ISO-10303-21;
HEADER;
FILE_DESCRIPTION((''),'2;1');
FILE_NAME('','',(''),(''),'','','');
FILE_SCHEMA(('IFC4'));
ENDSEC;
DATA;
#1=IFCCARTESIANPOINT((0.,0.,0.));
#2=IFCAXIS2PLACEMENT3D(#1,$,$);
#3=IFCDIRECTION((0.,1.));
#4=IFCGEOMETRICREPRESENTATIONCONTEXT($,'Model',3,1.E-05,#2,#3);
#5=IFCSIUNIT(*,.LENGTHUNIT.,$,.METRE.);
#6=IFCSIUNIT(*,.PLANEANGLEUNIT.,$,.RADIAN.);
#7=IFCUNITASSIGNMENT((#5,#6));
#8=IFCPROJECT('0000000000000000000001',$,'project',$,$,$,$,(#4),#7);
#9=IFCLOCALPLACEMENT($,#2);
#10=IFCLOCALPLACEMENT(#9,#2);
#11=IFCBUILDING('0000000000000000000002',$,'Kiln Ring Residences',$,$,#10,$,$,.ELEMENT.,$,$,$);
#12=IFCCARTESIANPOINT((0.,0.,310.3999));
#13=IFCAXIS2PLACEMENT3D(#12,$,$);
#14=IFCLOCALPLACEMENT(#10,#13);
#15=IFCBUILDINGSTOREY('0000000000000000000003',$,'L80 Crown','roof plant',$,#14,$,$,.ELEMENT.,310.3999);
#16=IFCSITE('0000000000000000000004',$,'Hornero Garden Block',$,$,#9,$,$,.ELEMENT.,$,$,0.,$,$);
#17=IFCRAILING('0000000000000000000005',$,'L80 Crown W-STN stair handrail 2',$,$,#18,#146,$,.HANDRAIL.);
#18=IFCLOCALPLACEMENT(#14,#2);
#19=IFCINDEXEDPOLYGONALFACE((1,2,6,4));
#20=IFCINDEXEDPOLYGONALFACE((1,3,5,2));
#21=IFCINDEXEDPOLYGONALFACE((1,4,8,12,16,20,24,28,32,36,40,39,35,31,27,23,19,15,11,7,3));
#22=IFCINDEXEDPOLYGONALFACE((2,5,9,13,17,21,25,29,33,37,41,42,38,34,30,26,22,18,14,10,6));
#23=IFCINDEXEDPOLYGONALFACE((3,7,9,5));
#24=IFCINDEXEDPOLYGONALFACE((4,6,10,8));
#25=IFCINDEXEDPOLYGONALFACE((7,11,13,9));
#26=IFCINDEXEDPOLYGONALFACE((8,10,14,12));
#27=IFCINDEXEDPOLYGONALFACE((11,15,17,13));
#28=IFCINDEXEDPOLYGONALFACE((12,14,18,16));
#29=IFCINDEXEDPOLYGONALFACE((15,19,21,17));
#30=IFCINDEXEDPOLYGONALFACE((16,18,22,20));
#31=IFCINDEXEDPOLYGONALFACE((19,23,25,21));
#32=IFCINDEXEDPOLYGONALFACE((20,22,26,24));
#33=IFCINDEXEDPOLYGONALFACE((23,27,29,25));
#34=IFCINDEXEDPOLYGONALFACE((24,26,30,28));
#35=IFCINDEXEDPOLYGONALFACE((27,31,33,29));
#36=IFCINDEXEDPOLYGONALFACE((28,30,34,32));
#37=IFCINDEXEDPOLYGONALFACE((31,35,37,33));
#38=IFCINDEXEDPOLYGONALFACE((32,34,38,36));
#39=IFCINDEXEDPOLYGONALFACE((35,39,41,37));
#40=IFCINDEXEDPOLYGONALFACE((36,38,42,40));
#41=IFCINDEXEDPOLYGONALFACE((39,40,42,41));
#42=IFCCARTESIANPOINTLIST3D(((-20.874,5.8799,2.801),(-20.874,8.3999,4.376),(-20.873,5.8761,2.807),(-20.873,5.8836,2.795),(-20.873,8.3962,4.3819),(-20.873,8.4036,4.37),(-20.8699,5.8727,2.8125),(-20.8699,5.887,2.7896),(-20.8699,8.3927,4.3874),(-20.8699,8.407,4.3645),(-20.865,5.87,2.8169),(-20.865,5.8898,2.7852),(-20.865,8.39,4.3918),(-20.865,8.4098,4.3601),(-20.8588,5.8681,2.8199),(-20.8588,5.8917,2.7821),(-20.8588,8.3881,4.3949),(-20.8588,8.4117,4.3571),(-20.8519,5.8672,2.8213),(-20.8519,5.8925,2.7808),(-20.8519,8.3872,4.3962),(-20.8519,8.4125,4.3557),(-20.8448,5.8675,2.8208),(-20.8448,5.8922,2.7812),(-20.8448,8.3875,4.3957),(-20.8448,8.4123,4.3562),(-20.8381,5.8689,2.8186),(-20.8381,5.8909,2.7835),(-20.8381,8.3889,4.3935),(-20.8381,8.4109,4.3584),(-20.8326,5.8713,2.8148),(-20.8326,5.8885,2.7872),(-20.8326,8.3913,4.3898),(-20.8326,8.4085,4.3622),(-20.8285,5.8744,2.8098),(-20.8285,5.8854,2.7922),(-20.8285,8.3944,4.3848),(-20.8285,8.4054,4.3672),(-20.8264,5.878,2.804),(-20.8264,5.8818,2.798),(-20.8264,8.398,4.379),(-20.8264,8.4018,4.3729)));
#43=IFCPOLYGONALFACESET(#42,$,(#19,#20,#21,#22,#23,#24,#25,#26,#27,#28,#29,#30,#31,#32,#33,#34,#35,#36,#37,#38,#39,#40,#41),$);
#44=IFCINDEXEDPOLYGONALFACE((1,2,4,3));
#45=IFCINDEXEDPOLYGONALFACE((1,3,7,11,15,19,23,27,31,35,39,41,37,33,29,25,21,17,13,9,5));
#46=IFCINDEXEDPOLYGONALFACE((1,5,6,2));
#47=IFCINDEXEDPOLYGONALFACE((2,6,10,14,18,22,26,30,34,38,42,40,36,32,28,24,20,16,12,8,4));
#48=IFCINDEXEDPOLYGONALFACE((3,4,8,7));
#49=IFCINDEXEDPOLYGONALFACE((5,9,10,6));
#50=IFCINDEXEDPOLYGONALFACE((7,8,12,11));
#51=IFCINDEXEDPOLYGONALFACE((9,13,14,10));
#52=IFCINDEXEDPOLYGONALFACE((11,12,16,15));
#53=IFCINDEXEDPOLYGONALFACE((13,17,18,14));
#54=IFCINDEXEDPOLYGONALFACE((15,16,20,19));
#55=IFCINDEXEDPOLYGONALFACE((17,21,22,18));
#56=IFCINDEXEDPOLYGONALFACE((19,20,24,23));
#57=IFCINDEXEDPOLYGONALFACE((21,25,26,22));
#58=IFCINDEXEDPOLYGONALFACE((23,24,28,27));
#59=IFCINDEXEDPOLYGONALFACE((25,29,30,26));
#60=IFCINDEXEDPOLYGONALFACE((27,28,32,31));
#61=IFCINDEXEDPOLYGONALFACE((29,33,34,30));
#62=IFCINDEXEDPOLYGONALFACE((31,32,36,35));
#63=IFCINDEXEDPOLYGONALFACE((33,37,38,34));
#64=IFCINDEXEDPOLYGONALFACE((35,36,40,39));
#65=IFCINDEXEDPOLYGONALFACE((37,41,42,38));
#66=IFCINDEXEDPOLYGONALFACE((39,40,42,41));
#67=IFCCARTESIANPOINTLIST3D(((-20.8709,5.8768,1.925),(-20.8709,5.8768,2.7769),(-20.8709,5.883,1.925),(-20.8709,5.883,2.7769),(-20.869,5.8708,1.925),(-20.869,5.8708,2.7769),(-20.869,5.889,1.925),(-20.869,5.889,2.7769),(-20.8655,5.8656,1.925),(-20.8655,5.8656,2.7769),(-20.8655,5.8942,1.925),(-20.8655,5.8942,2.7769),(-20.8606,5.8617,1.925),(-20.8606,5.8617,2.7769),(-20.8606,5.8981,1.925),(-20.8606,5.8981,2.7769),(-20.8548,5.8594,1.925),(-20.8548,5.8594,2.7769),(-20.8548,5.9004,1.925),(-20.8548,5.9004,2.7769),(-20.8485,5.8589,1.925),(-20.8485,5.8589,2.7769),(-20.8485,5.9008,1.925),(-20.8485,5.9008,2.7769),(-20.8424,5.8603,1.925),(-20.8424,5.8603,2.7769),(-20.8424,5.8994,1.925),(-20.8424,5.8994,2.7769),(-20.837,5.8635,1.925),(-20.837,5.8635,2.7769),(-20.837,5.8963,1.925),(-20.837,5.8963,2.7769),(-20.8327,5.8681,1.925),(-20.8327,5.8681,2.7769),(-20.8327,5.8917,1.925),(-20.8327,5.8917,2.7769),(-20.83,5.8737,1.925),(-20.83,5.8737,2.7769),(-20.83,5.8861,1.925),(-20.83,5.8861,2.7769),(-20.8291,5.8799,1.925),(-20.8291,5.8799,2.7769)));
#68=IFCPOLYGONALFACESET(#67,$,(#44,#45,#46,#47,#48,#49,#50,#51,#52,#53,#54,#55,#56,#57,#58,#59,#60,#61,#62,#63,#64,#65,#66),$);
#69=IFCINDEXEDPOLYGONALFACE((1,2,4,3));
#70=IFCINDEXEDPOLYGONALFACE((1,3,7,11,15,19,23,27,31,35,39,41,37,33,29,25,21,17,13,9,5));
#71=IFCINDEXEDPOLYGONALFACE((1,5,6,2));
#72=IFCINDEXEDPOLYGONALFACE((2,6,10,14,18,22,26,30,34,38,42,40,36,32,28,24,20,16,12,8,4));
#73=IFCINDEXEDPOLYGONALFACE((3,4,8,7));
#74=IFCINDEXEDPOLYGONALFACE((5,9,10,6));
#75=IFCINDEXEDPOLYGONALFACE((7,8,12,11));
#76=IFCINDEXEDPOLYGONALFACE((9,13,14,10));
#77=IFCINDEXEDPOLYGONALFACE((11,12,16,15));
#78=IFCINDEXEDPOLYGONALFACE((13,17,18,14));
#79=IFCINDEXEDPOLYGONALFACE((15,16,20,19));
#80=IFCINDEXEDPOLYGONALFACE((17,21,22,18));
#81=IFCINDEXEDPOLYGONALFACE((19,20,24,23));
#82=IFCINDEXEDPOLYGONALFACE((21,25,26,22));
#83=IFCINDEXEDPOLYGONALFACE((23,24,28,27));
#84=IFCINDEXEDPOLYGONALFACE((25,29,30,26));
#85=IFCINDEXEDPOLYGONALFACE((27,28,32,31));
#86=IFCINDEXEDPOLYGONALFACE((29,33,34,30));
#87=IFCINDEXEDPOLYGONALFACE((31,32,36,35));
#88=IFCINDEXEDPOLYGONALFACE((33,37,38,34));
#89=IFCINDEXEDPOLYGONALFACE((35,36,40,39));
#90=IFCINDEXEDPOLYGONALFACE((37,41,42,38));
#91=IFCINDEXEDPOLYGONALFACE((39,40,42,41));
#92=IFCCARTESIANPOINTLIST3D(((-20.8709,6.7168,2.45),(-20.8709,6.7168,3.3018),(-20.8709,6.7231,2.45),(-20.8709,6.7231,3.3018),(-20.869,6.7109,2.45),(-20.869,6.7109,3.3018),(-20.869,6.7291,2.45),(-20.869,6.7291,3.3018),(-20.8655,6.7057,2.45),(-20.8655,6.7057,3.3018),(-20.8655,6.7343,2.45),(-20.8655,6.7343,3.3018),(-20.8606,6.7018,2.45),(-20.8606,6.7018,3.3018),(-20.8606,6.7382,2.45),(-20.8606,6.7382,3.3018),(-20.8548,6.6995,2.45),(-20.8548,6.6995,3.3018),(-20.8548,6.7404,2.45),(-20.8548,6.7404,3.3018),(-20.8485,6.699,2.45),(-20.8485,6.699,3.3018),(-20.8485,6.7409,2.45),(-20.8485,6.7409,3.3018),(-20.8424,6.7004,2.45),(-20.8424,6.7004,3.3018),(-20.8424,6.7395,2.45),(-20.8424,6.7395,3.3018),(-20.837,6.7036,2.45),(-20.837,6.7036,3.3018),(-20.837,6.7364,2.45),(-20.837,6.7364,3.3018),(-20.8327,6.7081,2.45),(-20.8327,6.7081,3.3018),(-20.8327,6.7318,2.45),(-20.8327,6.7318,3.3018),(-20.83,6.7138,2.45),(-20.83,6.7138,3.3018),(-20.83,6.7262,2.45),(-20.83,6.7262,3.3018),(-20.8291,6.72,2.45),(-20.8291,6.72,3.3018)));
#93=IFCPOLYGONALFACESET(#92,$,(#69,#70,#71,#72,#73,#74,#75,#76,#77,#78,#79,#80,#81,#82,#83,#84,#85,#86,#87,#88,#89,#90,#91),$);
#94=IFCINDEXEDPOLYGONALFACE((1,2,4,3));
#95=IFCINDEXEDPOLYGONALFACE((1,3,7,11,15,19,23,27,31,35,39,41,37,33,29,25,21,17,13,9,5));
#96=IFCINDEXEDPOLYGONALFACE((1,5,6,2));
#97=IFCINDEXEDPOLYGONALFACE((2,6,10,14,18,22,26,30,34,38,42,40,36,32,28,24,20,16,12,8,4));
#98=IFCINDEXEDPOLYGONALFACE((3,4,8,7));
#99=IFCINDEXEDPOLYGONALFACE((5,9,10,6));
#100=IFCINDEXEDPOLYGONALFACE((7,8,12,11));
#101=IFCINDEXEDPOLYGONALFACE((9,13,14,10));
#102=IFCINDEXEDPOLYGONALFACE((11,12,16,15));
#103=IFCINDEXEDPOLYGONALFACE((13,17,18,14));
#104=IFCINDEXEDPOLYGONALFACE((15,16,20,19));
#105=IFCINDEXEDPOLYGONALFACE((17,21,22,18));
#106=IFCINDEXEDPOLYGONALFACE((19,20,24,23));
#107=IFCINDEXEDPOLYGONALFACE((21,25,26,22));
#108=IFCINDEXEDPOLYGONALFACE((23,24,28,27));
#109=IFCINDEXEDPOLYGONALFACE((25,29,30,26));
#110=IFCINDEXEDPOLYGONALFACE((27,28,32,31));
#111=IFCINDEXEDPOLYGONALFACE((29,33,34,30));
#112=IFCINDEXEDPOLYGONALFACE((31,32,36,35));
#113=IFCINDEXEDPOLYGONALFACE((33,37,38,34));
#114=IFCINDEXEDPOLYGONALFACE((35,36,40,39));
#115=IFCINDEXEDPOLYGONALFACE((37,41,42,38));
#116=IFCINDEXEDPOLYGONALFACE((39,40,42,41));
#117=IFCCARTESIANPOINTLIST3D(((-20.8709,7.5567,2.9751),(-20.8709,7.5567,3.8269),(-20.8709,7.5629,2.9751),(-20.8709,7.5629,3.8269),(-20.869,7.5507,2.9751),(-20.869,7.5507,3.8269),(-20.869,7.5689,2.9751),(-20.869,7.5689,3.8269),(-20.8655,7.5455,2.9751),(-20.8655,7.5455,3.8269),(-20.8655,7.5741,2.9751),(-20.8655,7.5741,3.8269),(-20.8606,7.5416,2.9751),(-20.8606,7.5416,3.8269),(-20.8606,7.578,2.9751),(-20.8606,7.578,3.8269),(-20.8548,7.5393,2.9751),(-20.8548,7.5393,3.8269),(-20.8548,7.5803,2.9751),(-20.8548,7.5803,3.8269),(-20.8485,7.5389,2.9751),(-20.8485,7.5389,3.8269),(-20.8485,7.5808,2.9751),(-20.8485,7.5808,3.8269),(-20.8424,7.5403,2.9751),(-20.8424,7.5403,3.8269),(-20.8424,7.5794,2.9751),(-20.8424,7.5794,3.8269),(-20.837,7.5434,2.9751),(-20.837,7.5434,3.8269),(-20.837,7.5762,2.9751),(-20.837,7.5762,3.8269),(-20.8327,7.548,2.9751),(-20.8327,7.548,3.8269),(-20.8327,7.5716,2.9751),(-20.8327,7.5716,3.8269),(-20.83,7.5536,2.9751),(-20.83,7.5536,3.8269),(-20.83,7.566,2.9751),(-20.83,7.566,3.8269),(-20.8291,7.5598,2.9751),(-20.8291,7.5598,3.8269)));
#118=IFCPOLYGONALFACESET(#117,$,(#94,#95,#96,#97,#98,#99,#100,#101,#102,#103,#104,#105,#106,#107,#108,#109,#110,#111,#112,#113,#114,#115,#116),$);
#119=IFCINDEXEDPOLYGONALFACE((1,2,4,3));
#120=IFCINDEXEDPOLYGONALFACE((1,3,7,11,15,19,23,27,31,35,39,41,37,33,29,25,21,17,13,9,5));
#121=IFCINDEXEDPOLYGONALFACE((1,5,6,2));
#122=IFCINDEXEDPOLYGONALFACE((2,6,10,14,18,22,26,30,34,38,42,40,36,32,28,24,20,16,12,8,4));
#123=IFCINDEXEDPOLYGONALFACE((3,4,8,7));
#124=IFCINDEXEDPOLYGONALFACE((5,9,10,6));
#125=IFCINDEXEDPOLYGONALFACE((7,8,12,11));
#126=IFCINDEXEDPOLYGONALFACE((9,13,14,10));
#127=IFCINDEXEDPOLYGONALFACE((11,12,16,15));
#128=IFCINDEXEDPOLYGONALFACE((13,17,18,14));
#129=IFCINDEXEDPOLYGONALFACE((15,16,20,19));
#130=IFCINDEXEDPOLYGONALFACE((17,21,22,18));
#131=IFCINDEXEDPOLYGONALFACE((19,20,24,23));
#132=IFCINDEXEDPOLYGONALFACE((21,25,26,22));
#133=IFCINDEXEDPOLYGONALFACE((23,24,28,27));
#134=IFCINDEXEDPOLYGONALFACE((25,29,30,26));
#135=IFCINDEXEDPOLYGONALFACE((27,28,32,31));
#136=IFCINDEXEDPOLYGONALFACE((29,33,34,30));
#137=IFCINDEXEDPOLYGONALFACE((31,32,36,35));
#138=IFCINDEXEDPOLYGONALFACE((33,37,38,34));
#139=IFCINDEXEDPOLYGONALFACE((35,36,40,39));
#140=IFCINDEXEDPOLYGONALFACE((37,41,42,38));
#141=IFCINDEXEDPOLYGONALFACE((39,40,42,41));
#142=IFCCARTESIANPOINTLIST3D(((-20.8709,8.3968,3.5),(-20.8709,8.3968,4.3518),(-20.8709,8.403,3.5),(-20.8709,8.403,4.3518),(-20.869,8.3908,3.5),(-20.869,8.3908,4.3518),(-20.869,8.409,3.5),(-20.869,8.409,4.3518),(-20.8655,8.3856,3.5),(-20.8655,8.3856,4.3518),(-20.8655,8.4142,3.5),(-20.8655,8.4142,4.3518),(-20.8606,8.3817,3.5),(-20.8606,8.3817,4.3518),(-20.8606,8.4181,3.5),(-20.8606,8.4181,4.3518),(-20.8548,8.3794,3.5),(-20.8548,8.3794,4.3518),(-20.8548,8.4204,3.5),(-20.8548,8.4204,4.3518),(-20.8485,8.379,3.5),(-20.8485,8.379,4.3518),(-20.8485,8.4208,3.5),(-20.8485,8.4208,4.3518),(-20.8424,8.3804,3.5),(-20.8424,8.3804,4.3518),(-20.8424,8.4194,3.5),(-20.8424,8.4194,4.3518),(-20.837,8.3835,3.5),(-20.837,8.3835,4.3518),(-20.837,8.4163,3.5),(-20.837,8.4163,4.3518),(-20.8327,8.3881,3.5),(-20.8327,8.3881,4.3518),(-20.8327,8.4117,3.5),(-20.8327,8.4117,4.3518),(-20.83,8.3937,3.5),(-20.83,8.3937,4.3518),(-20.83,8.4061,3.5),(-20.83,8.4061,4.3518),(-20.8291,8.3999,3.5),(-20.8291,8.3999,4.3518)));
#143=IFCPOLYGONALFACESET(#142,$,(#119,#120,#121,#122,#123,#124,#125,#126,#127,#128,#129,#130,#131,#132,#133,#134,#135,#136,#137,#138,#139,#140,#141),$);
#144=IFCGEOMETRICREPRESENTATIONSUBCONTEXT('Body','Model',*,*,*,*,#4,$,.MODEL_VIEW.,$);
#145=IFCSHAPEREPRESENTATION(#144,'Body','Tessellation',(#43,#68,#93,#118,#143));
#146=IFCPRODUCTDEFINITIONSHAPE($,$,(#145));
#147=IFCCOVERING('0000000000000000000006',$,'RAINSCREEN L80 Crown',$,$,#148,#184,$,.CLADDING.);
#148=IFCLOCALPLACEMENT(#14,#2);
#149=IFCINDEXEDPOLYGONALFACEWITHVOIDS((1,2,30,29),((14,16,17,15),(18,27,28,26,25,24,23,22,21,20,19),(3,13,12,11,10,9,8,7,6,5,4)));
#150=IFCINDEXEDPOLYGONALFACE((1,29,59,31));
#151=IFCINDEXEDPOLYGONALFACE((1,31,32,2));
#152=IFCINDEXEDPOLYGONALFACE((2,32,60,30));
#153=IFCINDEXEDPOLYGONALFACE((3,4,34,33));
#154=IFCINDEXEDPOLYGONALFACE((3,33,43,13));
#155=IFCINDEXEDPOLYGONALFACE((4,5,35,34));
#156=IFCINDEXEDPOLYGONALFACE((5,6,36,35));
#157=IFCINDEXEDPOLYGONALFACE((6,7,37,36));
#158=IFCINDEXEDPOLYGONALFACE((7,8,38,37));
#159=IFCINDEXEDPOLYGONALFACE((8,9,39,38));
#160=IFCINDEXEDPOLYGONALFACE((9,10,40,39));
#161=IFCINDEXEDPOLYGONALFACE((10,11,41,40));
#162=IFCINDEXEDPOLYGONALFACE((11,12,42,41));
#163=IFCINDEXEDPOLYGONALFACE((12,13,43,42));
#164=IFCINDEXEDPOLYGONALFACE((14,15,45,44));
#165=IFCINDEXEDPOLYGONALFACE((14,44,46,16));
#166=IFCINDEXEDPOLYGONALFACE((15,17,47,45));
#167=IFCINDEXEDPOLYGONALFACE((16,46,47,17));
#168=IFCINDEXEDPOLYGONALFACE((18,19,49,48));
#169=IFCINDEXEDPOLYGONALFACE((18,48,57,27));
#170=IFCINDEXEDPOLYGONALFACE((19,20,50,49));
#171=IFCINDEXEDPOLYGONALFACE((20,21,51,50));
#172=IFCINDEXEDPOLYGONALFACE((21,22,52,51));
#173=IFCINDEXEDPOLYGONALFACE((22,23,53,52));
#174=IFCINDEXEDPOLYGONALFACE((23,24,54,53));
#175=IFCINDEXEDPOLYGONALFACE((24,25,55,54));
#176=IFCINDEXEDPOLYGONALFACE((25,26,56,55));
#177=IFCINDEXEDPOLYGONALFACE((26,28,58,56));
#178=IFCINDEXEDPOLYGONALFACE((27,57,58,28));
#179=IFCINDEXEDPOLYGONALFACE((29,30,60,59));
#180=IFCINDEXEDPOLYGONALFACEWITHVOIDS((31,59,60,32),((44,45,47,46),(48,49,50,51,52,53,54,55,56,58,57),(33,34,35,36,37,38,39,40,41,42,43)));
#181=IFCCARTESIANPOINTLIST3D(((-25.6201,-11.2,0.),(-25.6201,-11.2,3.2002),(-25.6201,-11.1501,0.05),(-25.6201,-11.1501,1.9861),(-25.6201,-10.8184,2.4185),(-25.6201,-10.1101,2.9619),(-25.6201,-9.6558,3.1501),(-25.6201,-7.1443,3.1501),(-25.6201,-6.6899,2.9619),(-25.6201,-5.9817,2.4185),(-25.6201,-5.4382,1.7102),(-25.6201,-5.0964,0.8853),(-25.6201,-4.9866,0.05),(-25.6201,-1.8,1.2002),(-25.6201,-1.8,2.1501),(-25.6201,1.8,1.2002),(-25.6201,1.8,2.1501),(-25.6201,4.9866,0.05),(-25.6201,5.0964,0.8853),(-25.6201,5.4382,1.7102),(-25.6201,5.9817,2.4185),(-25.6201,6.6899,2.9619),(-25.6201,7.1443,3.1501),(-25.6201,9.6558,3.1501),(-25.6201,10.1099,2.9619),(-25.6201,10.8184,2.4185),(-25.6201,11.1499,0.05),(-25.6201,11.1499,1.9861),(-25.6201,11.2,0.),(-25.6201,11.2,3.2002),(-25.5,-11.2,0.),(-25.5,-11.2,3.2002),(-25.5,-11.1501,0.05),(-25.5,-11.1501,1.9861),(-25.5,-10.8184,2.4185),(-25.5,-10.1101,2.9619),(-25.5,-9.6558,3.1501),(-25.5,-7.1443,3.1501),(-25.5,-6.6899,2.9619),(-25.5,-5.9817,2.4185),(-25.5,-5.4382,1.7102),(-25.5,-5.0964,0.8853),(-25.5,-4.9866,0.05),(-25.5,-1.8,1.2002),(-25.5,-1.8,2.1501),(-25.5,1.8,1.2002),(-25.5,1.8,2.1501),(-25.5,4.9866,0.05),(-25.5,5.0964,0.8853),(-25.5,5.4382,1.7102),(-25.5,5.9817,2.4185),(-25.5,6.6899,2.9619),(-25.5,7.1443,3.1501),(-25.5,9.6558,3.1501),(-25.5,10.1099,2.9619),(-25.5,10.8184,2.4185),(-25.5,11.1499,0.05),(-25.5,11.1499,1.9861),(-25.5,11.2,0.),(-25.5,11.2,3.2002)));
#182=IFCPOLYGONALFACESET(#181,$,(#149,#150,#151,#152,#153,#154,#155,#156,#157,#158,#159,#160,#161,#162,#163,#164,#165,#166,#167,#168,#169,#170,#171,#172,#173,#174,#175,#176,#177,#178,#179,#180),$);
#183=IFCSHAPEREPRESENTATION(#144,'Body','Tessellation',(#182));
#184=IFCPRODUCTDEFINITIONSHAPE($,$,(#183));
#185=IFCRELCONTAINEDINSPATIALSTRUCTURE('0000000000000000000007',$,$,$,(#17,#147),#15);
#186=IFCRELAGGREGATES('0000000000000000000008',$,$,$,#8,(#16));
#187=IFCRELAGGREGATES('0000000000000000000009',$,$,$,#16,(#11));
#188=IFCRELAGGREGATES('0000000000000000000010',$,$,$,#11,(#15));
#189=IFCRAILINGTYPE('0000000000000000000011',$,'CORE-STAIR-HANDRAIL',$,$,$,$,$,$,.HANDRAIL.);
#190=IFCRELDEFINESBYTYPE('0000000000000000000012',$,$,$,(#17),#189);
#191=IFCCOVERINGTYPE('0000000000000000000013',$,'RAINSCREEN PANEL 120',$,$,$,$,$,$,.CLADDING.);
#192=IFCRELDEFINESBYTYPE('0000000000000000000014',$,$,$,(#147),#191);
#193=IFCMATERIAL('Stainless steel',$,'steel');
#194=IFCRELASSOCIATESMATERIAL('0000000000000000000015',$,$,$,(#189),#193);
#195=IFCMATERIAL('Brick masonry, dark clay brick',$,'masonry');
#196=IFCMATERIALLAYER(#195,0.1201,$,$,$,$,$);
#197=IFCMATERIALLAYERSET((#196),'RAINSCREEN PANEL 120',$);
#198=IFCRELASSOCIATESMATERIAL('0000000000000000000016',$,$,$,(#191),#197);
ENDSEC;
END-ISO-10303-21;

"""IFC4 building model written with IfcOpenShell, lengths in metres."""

from ifc_helpers import new_model, si_unit, direction, frame, origin, origin_2d, place, context, subcontext, project, spatial, polyline, circle, outline, extrude, material, layer, layer_set, type_object, element, save


model = new_model("IFC4")

# Units and contexts
model_context = context("Model", 3, precision=1e-05, world=origin(), true_north=direction((0.0, 1.0)))
body_context = subcontext(model_context, "Body", "Model", "MODEL_VIEW")
ifc_project = project(units=[si_unit("LENGTHUNIT", "METRE"), si_unit("PLANEANGLEUNIT", "RADIAN")], contexts=[model_context])

# Site, building, storey
site_placement = place(None, origin())
site = spatial("IfcSite", under=ifc_project, at=site_placement, Name="Hornero Garden Block", CompositionType="ELEMENT", RefElevation=0.0)
building_placement = place(site_placement, origin())
building = spatial("IfcBuilding", under=site, at=building_placement, Name="Kiln Ring Residences", CompositionType="ELEMENT")
storey_placement = place(building_placement, frame((0.0, 0.0, 310.3999)))
storey = spatial("IfcBuildingStorey", under=building, at=storey_placement, Name="L80 Crown", Description="roof plant", CompositionType="ELEMENT", Elevation=310.3999)

# Railing
ifc_material_1 = material(Name="Stainless steel", Category="steel")
railing_type_1 = type_object("IfcRailingType", Name="CORE-STAIR-HANDRAIL", PredefinedType="HANDRAIL", material=ifc_material_1)
railing_1_placement = place(storey_placement, frame((-20.8501, 5.8799, 1.925)))
element("IfcRailing", 1, at=railing_1_placement, inside=storey, type_object=railing_type_1, Name="L80 Crown W-STN stair handrail 2", PredefinedType="HANDRAIL", context=body_context, shape_type="SweptSolid", body=[
    extrude(circle(Radius=0.0239, at=origin_2d()), frame((0.0, 0.0, 0.876), z_axis=(0.0, 0.848008, 0.529984), x_axis=(-1.0, 0.0, 0.0)), (0.0, 0.0, 1.0), 2.9717),
    extrude(circle(Radius=0.021, at=origin_2d()), origin(), (0.0, 0.0, 1.0), 0.8518),
    extrude(circle(Radius=0.021, at=origin_2d()), frame((0.0, 0.8401, 0.5249)), (0.0, 0.0, 1.0), 0.8518),
    extrude(circle(Radius=0.021, at=origin_2d()), frame((0.0, 1.6799, 1.05)), (0.0, 0.0, 1.0), 0.8518),
    extrude(circle(Radius=0.021, at=origin_2d()), frame((0.0, 2.52, 1.575)), (0.0, 0.0, 1.0), 0.8518),
])

# Covering
ifc_material_2 = material(Name="Brick masonry, dark clay brick", Category="masonry")
ifc_layer_1 = layer(ifc_material_2, 0.1201)
ifc_layer_set_1 = layer_set([ifc_layer_1], Name="RAINSCREEN PANEL 120")
covering_type_1 = type_object("IfcCoveringType", Name="RAINSCREEN PANEL 120", PredefinedType="CLADDING", material=ifc_layer_set_1)
covering_1_placement = place(storey_placement, frame((-25.5601, 11.2, 0.0), z_axis=(0.0, 0.0, 1.0), x_axis=(0.0, -1.0, 0.0)))
element("IfcCovering", 2, at=covering_1_placement, inside=storey, type_object=covering_type_1, Name="RAINSCREEN L80 Crown", PredefinedType="CLADDING", context=body_context, shape_type="SweptSolid", body=[
    extrude(outline(polyline([(0.0, 0.0), (22.3999, 0.0), (22.3999, 3.2002), (0.0, 3.2002), (0.0, 0.0)]), holes=[polyline([(0.3816, 2.4185), (0.05, 1.9861), (0.05, 0.05), (6.2134, 0.05), (6.1035, 0.8853), (5.7617, 1.7102), (5.2183, 2.4185), (4.51, 2.9619), (4.0557, 3.1501), (1.5442, 3.1501), (1.0901, 2.9619), (0.3816, 2.4185)]), polyline([(16.2964, 0.8853), (16.1865, 0.05), (22.3501, 0.05), (22.3501, 1.9861), (22.0183, 2.4185), (21.3101, 2.9619), (20.8557, 3.1501), (18.3442, 3.1501), (17.8899, 2.9619), (17.1816, 2.4185), (16.6382, 1.7102), (16.2964, 0.8853)]), polyline([(9.3999, 1.2002), (13.0, 1.2002), (13.0, 2.1501), (9.3999, 2.1501), (9.3999, 1.2002)])]), frame((0.0, 0.0601, 0.0), z_axis=(0.0, -1.0, 0.0), x_axis=(1.0, 0.0, 0.0)), (0.0, 0.0, 1.0), 0.1201),
])

save(model, "model.ifc")
